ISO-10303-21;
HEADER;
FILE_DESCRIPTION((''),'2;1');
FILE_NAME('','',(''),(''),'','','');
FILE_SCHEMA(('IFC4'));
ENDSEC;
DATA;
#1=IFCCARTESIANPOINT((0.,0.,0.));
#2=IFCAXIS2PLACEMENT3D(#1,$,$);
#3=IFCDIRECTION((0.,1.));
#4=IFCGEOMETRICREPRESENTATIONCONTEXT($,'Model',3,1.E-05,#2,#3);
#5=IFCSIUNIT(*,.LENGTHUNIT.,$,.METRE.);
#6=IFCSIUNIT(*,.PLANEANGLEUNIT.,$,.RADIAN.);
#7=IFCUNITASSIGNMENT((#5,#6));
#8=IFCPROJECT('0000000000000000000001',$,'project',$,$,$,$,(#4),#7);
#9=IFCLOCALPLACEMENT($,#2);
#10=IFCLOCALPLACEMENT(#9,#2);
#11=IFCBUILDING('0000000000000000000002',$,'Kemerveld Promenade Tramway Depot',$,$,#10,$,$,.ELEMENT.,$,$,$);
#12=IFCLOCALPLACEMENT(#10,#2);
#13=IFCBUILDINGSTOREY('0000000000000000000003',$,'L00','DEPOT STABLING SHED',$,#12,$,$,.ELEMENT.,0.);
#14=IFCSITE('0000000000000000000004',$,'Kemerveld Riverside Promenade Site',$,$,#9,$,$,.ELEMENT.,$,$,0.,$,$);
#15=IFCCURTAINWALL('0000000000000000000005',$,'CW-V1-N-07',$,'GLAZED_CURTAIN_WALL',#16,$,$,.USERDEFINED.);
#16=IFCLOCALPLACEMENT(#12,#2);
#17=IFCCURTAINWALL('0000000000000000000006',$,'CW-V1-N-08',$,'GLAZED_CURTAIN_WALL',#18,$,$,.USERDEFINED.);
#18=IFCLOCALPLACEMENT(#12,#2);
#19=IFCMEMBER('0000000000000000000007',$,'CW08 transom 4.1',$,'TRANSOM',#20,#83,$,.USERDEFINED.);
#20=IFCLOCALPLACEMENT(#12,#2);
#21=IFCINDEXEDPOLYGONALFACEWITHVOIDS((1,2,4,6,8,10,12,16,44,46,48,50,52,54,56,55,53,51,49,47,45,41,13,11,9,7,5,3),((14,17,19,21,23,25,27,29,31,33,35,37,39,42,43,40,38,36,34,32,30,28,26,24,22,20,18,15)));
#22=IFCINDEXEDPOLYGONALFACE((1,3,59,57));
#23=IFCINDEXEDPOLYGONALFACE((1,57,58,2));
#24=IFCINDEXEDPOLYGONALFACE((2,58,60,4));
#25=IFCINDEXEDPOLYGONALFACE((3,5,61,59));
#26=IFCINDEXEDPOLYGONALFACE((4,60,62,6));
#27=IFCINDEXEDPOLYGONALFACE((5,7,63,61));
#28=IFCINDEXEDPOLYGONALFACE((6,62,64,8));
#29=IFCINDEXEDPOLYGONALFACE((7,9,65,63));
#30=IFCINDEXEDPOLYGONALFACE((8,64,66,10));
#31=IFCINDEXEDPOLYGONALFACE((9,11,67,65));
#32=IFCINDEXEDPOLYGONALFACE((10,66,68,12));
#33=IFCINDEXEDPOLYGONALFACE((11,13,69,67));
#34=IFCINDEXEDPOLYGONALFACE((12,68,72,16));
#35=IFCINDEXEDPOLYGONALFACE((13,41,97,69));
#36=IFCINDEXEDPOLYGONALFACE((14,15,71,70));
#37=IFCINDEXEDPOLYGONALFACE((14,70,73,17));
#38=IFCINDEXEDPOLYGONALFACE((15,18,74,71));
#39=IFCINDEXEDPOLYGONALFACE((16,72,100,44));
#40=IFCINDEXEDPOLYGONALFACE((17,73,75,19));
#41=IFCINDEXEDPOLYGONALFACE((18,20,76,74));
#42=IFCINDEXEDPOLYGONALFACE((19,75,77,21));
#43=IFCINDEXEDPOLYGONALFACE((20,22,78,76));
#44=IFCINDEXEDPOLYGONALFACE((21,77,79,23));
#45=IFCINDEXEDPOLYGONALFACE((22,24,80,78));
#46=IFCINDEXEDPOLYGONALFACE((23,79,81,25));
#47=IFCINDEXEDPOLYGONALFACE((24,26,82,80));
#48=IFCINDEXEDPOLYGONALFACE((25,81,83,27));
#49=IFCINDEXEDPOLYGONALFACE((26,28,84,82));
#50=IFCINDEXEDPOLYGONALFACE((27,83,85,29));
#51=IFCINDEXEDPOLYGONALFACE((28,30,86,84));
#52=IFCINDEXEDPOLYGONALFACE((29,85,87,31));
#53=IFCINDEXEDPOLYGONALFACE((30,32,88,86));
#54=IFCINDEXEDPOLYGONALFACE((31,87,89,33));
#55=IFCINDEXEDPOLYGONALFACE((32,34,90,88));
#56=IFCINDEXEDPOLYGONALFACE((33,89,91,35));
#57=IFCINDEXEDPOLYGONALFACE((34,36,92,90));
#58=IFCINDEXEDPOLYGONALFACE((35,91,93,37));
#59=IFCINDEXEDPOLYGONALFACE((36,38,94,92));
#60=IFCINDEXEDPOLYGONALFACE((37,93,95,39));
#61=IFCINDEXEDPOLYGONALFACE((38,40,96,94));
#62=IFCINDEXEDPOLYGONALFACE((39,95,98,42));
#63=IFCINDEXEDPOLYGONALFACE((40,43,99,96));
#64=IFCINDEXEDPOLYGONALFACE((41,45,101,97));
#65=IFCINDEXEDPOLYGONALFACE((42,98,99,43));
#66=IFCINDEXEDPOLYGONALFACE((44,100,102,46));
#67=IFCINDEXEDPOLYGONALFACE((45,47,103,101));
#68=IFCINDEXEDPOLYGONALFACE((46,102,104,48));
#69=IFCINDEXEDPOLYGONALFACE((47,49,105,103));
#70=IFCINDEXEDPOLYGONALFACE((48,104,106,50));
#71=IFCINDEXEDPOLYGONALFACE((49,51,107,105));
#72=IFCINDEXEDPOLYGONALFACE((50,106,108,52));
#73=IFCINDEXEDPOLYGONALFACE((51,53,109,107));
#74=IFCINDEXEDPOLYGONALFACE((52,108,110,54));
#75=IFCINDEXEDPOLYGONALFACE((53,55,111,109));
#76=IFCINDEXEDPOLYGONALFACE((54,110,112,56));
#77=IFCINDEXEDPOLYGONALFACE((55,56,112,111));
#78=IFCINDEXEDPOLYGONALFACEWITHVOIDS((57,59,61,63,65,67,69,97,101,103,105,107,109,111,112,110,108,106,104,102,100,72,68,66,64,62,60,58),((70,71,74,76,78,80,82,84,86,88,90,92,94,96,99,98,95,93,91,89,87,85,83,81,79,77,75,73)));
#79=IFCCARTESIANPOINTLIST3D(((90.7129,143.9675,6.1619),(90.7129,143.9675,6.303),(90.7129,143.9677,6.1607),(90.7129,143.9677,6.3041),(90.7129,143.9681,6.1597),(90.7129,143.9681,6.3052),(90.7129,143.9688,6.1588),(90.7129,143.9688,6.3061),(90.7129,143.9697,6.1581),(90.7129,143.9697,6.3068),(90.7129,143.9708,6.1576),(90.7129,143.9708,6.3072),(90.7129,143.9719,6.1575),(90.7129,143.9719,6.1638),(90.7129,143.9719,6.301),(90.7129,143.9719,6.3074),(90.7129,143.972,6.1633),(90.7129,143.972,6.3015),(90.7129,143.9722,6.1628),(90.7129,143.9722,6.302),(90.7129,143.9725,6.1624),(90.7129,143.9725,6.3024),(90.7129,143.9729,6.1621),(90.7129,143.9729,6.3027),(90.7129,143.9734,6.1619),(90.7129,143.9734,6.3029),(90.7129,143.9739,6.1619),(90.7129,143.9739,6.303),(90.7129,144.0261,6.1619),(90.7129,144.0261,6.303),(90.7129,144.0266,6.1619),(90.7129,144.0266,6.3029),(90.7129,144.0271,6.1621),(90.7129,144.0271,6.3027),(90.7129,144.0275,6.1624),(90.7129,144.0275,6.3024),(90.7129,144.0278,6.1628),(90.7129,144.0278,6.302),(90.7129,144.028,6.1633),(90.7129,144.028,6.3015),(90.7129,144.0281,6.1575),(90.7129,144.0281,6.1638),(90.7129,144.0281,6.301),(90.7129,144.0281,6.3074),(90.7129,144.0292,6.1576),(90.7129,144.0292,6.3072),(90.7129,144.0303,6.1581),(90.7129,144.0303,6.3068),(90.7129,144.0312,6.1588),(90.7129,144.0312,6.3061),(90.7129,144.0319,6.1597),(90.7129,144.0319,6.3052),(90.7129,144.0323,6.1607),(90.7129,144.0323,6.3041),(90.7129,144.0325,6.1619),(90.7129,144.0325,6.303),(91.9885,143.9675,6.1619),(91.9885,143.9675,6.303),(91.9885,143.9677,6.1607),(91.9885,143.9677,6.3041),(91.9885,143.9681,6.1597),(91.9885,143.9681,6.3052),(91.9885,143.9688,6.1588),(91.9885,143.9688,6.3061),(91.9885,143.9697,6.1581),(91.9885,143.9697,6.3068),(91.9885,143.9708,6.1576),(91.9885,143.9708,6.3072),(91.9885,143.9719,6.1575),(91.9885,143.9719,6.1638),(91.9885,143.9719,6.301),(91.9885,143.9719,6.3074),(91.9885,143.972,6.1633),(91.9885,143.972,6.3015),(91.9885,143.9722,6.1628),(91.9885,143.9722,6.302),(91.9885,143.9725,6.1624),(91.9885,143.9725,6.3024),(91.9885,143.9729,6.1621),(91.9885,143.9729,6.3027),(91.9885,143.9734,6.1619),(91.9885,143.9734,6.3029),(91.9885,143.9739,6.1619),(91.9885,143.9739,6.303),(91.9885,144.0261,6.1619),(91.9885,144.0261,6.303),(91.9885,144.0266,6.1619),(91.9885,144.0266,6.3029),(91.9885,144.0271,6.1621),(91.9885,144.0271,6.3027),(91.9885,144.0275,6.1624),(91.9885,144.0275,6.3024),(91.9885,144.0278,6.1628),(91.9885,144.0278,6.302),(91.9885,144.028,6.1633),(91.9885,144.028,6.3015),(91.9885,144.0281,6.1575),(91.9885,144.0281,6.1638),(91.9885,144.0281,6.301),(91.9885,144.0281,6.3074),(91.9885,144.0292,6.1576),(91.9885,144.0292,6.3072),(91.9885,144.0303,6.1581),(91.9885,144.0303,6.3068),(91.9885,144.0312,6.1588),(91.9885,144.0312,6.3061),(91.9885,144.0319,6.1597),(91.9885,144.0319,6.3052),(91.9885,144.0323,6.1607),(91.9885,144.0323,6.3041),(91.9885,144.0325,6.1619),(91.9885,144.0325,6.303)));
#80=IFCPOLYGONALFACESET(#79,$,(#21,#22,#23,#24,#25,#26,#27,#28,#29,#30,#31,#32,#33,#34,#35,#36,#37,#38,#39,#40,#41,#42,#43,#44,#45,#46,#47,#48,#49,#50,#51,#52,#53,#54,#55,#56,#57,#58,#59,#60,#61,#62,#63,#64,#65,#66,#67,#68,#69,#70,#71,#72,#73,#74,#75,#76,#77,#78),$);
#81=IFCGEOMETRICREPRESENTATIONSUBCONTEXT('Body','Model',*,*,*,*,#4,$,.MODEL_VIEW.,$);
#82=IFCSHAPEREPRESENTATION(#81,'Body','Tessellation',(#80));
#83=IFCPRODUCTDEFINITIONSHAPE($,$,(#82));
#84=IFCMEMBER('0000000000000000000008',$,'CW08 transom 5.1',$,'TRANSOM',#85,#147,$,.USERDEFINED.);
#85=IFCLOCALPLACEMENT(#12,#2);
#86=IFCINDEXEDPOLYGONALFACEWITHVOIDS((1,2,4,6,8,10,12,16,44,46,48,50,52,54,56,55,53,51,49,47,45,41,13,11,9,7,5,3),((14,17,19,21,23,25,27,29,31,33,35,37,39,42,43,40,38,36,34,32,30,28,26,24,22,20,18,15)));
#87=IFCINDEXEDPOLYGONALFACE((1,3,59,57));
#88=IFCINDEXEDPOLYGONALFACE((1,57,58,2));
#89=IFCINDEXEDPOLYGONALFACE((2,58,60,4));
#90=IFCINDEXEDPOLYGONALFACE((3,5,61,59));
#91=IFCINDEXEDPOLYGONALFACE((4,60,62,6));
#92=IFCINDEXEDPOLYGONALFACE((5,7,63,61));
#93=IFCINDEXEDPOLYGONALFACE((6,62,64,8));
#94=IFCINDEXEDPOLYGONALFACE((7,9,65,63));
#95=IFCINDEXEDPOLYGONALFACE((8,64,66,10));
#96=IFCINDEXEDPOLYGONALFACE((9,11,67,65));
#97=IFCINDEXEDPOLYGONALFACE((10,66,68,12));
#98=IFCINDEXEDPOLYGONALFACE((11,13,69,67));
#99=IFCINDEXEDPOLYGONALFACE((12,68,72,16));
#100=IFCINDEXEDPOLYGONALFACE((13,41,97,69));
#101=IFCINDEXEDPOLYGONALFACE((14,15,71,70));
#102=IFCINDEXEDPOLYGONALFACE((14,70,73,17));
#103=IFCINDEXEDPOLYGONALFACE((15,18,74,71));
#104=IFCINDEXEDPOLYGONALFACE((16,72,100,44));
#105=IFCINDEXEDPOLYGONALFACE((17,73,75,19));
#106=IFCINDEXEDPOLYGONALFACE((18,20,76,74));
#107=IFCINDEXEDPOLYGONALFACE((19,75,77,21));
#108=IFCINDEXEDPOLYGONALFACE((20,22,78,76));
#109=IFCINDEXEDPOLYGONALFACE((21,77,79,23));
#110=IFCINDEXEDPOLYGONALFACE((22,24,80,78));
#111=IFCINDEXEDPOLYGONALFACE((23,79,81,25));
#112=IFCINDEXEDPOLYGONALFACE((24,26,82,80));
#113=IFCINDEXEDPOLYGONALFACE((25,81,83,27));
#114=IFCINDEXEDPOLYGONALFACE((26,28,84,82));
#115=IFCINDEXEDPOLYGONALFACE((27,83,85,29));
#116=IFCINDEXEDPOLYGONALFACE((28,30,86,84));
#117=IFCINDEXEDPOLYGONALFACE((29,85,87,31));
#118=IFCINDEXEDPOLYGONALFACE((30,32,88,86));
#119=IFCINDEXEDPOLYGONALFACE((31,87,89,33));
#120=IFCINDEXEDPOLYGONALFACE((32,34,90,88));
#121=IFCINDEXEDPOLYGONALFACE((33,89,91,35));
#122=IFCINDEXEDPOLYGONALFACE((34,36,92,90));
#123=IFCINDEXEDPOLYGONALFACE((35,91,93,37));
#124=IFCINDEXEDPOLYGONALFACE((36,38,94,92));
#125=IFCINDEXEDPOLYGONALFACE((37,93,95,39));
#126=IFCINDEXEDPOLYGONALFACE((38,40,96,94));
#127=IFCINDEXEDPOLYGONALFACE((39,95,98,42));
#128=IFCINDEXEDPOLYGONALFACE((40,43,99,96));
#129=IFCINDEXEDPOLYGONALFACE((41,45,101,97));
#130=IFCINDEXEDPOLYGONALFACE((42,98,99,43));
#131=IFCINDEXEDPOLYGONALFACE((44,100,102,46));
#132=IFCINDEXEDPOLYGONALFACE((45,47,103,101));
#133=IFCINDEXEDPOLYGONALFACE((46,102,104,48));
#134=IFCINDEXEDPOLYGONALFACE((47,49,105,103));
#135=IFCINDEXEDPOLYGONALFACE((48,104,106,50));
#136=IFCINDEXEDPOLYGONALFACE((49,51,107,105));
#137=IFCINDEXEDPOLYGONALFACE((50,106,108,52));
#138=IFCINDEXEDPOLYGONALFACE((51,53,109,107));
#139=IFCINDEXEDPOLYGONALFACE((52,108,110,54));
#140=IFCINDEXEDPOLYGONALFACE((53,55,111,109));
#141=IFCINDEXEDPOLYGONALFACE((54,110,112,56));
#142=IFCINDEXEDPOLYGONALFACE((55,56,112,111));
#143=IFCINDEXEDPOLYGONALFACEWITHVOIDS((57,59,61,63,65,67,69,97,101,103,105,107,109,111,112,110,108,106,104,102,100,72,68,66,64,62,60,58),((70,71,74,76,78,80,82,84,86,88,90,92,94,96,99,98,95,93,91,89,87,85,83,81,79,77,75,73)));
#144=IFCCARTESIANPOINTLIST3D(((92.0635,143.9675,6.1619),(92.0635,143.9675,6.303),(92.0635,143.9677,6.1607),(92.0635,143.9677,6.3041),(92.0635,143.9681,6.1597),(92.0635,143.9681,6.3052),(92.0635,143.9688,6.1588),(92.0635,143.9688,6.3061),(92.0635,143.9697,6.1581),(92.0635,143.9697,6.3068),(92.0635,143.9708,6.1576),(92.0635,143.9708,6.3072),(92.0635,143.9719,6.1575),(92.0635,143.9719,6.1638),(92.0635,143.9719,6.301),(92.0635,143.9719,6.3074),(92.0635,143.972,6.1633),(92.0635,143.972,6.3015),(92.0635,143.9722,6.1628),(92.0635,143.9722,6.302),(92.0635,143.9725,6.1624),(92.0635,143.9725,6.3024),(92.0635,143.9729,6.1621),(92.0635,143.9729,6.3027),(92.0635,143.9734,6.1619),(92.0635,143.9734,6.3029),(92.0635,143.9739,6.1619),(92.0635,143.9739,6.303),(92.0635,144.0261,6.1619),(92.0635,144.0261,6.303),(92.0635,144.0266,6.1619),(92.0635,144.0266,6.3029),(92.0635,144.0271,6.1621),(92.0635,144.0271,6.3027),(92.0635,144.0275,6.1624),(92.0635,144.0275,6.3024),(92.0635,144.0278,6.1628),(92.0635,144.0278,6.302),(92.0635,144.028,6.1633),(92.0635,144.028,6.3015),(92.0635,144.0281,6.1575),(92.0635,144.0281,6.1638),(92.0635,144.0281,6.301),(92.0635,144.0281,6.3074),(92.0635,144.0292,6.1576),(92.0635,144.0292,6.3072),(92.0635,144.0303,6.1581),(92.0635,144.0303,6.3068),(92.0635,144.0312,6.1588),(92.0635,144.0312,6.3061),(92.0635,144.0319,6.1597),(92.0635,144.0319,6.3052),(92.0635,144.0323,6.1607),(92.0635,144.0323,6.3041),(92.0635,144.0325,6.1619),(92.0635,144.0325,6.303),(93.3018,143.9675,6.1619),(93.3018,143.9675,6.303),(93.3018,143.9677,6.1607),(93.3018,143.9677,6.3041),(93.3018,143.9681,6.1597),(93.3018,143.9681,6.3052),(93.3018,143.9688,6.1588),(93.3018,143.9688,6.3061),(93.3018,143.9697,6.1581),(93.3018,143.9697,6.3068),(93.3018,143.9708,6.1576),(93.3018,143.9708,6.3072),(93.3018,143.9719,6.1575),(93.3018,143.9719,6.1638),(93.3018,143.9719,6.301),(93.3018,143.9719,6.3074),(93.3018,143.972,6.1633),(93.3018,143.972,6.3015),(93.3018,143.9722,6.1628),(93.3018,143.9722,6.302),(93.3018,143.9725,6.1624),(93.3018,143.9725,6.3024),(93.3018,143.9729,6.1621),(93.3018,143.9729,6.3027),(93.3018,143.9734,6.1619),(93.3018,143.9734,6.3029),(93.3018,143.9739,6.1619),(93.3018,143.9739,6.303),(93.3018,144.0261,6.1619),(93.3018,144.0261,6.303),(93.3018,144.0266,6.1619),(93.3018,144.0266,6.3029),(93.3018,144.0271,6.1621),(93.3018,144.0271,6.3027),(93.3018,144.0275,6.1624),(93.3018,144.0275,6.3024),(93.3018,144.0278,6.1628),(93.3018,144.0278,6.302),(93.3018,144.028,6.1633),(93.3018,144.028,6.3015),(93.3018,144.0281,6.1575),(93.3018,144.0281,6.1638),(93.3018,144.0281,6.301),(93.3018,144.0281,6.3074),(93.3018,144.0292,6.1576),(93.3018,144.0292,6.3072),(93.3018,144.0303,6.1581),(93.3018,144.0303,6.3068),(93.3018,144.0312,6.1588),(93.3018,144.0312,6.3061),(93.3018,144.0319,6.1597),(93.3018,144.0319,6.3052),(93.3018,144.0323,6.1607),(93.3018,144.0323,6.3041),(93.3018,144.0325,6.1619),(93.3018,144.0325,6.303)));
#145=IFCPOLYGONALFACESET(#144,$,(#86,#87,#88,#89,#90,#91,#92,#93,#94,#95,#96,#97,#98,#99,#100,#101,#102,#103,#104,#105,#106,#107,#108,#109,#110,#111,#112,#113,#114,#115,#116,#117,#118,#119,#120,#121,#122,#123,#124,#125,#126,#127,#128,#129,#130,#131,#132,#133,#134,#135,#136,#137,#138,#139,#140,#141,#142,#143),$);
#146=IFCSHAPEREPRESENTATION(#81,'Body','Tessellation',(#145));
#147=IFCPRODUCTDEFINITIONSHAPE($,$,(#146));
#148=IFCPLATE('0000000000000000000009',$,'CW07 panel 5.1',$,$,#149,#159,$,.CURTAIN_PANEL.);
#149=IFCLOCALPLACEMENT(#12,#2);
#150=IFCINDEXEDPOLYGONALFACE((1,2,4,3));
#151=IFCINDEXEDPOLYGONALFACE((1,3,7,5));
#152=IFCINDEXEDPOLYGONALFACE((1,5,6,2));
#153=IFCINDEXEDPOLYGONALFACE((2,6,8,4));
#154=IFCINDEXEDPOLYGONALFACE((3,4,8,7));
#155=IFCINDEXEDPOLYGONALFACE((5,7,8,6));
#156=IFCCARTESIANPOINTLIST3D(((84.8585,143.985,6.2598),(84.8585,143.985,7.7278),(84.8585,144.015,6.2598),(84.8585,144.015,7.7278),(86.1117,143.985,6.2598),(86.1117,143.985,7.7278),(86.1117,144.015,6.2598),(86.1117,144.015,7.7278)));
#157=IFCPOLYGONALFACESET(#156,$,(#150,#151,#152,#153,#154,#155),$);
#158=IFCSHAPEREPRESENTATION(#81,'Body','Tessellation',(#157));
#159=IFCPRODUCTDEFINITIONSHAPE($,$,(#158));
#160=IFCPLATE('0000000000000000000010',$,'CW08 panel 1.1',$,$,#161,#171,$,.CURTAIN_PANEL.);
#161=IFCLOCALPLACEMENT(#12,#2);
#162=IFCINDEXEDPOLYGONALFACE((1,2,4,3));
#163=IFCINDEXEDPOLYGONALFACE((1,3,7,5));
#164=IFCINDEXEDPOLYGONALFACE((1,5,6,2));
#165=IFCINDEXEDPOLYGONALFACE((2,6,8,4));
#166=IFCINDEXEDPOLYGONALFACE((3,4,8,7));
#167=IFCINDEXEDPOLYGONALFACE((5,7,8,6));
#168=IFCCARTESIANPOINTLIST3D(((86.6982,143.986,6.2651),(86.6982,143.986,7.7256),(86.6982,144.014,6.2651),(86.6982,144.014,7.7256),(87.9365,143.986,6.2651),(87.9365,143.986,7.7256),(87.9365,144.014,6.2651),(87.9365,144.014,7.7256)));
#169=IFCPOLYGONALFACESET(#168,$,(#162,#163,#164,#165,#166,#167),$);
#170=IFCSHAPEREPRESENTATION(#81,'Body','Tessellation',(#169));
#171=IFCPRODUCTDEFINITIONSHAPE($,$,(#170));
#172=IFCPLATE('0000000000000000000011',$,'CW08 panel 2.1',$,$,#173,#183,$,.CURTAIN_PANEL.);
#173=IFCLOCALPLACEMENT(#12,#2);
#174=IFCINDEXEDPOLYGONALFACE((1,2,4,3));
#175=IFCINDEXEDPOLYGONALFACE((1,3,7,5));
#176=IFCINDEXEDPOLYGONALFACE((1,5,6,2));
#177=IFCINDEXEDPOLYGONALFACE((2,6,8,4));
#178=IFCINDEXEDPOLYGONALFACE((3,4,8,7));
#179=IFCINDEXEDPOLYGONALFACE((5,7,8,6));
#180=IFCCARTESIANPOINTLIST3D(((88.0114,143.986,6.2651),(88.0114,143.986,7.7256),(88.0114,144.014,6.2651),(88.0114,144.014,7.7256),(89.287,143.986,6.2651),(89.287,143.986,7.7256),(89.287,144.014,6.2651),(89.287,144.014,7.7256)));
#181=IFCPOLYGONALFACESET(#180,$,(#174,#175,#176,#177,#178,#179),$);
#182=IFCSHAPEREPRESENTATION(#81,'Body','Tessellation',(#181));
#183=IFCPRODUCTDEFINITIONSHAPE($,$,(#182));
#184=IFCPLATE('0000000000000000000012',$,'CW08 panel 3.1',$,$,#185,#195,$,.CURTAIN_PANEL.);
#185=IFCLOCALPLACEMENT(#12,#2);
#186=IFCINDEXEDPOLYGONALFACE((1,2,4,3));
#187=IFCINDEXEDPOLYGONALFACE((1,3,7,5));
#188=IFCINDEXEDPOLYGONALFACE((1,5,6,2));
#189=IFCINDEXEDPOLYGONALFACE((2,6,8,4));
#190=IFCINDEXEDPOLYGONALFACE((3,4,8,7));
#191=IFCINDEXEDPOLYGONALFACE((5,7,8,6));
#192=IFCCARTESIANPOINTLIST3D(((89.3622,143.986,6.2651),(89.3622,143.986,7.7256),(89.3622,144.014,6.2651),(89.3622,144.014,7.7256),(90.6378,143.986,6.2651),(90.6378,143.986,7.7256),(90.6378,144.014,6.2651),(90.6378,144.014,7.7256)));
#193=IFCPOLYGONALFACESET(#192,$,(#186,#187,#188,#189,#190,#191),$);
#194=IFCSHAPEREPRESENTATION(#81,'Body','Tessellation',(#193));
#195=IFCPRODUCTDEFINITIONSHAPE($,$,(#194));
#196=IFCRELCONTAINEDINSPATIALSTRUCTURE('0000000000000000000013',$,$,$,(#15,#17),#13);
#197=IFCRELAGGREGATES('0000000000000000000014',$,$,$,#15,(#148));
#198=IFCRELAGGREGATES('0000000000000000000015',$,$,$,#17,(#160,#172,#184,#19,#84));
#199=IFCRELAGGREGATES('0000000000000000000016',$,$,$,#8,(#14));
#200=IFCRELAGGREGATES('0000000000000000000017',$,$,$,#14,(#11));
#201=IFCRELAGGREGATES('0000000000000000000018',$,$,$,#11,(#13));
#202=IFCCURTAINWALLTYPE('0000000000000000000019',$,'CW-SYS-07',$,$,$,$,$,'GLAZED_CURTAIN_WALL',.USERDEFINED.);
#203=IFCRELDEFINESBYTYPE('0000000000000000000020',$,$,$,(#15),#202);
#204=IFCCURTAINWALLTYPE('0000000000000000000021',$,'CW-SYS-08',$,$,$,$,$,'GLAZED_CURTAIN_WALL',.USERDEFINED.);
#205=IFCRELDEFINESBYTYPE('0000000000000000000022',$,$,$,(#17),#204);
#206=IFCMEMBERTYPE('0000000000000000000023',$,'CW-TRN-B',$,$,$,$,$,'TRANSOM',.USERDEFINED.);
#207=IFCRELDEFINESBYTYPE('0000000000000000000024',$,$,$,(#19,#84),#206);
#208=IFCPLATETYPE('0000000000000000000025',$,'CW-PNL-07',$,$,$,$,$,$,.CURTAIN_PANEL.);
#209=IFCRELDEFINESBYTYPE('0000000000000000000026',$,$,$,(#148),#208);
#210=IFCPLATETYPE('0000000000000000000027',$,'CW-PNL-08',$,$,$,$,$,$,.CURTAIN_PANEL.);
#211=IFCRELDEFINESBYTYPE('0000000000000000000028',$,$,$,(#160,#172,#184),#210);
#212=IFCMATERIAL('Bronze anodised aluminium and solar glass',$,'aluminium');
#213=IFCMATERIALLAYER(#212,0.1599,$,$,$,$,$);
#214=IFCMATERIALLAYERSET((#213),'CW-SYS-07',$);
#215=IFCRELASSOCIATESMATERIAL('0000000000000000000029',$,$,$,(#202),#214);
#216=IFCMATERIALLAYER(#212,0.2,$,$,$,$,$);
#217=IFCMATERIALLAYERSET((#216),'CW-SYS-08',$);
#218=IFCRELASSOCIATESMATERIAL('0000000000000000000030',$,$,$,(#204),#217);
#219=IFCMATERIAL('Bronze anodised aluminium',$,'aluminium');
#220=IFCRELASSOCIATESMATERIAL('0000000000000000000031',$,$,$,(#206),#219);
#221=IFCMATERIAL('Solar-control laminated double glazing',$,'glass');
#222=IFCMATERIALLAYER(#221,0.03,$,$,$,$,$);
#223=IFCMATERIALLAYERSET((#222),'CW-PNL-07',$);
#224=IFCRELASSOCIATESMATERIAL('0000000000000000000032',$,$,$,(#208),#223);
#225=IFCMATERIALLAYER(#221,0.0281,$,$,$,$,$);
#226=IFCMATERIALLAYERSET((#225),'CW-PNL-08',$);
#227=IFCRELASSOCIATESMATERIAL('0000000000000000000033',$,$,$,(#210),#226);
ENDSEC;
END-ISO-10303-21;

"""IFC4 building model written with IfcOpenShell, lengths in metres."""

from ifc_helpers import new_model, si_unit, direction, frame, origin, origin_2d, place, context, subcontext, project, spatial, rectangle, hollow_rectangle, extrude, material, layer, layer_set, material_profile, profile_set, type_object, element, aggregate, save


model = new_model("IFC4")

# Units and contexts
model_context = context("Model", 3, precision=1e-05, world=origin(), true_north=direction((0.0, 1.0)))
body_context = subcontext(model_context, "Body", "Model", "MODEL_VIEW")
ifc_project = project(units=[si_unit("LENGTHUNIT", "METRE"), si_unit("PLANEANGLEUNIT", "RADIAN")], contexts=[model_context])

# Site, building, storey
site_placement = place(None, origin())
site = spatial("IfcSite", under=ifc_project, at=site_placement, Name="Kemerveld Riverside Promenade Site", CompositionType="ELEMENT", RefElevation=0.0)
building_placement = place(site_placement, origin())
building = spatial("IfcBuilding", under=site, at=building_placement, Name="Kemerveld Promenade Tramway Depot", CompositionType="ELEMENT")
storey_placement = place(building_placement, origin())
storey = spatial("IfcBuildingStorey", under=building, at=storey_placement, Name="L00", Description="DEPOT STABLING SHED", CompositionType="ELEMENT", Elevation=0.0)

# Curtain wall
ifc_material_1 = material(Name="Bronze anodised aluminium and solar glass", Category="aluminium")
ifc_layer_1 = layer(ifc_material_1, 0.1599)
ifc_layer_set_1 = layer_set([ifc_layer_1], Name="CW-SYS-07")
curtain_wall_type_1 = type_object("IfcCurtainWallType", Name="CW-SYS-07", ElementType="GLAZED_CURTAIN_WALL", PredefinedType="USERDEFINED", material=ifc_layer_set_1)
curtain_wall_1_placement = place(storey_placement, origin())
curtain_wall_1 = element("IfcCurtainWall", 1, at=curtain_wall_1_placement, inside=storey, type_object=curtain_wall_type_1, Name="CW-V1-N-07", ObjectType="GLAZED_CURTAIN_WALL", PredefinedType="USERDEFINED")
ifc_material_2 = material(Name="Bronze anodised aluminium", Category="aluminium")

# Curtain wall
ifc_layer_2 = layer(ifc_material_1, 0.2)
ifc_layer_set_2 = layer_set([ifc_layer_2], Name="CW-SYS-08")
curtain_wall_type_2 = type_object("IfcCurtainWallType", Name="CW-SYS-08", ElementType="GLAZED_CURTAIN_WALL", PredefinedType="USERDEFINED", material=ifc_layer_set_2)
curtain_wall_2_placement = place(storey_placement, origin())
curtain_wall_2 = element("IfcCurtainWall", 2, at=curtain_wall_2_placement, inside=storey, type_object=curtain_wall_type_2, Name="CW-V1-N-08", ObjectType="GLAZED_CURTAIN_WALL", PredefinedType="USERDEFINED")

# Members
ifc_material_profile_1 = material_profile(ifc_material_2, hollow_rectangle(XDim=0.0649, YDim=0.1499, WallThickness=0.0044, InnerFilletRadius=0.002, OuterFilletRadius=0.0044, at=origin_2d()), Name="CW-TRN-150x65")
ifc_profile_set_1 = profile_set([ifc_material_profile_1], Name="Bronze anodised aluminium")
member_type_1 = type_object("IfcMemberType", Name="CW-TRN-B", ElementType="TRANSOM", PredefinedType="USERDEFINED", material=ifc_profile_set_1)
member_1_placement = place(storey_placement, frame((90.7129, 144.0, 6.2324), z_axis=(1.0, 0.0, 0.0), x_axis=(0.0, 1.0, 0.0)))
member_1 = element("IfcMember", 3, at=member_1_placement, type_object=member_type_1, Name="CW08 transom 4.1", ObjectType="TRANSOM", PredefinedType="USERDEFINED", context=body_context, shape_type="SweptSolid", body=[
    extrude(hollow_rectangle(XDim=0.0649, YDim=0.1499, WallThickness=0.0044, InnerFilletRadius=0.002, OuterFilletRadius=0.0044, at=origin_2d()), origin(), (0.0, 0.0, 1.0), 1.2756),
])
member_2_placement = place(storey_placement, frame((92.0635, 144.0, 6.2324), z_axis=(1.0, 0.0, 0.0), x_axis=(0.0, 1.0, 0.0)))
member_2 = element("IfcMember", 4, at=member_2_placement, type_object=member_type_1, Name="CW08 transom 5.1", ObjectType="TRANSOM", PredefinedType="USERDEFINED", context=body_context, shape_type="SweptSolid", body=[
    extrude(hollow_rectangle(XDim=0.0649, YDim=0.1499, WallThickness=0.0044, InnerFilletRadius=0.002, OuterFilletRadius=0.0044, at=origin_2d()), origin(), (0.0, 0.0, 1.0), 1.2383),
])

# Plates
ifc_material_3 = material(Name="Solar-control laminated double glazing", Category="glass")
ifc_layer_3 = layer(ifc_material_3, 0.03)
ifc_layer_set_3 = layer_set([ifc_layer_3], Name="CW-PNL-07")
plate_type_1 = type_object("IfcPlateType", Name="CW-PNL-07", PredefinedType="CURTAIN_PANEL", material=ifc_layer_set_3)
plate_1_placement = place(storey_placement, frame((85.4851, 144.0, 6.2598), z_axis=(0.0, 0.0, 1.0), x_axis=(1.0, 0.0, 0.0)))
plate_1 = element("IfcPlate", 5, at=plate_1_placement, type_object=plate_type_1, Name="CW07 panel 5.1", PredefinedType="CURTAIN_PANEL", context=body_context, shape_type="SweptSolid", body=[
    extrude(rectangle(XDim=1.2532, YDim=0.03, at=origin_2d()), origin(), (0.0, 0.0, 1.0), 1.468),
])
aggregate(curtain_wall_1, [plate_1])
ifc_layer_4 = layer(ifc_material_3, 0.0281)
ifc_layer_set_4 = layer_set([ifc_layer_4], Name="CW-PNL-08")
plate_type_2 = type_object("IfcPlateType", Name="CW-PNL-08", PredefinedType="CURTAIN_PANEL", material=ifc_layer_set_4)
plate_2_placement = place(storey_placement, frame((87.3174, 144.0, 6.2651), z_axis=(0.0, 0.0, 1.0), x_axis=(1.0, 0.0, 0.0)))
plate_2 = element("IfcPlate", 6, at=plate_2_placement, type_object=plate_type_2, Name="CW08 panel 1.1", PredefinedType="CURTAIN_PANEL", context=body_context, shape_type="SweptSolid", body=[
    extrude(rectangle(XDim=1.2383, YDim=0.0281, at=origin_2d()), origin(), (0.0, 0.0, 1.0), 1.4604),
])
plate_3_placement = place(storey_placement, frame((88.6492, 144.0, 6.2651), z_axis=(0.0, 0.0, 1.0), x_axis=(1.0, 0.0, 0.0)))
plate_3 = element("IfcPlate", 7, at=plate_3_placement, type_object=plate_type_2, Name="CW08 panel 2.1", PredefinedType="CURTAIN_PANEL", context=body_context, shape_type="SweptSolid", body=[
    extrude(rectangle(XDim=1.2756, YDim=0.0281, at=origin_2d()), origin(), (0.0, 0.0, 1.0), 1.4604),
])
plate_4_placement = place(storey_placement, frame((90.0, 144.0, 6.2651), z_axis=(0.0, 0.0, 1.0), x_axis=(1.0, 0.0, 0.0)))
plate_4 = element("IfcPlate", 8, at=plate_4_placement, type_object=plate_type_2, Name="CW08 panel 3.1", PredefinedType="CURTAIN_PANEL", context=body_context, shape_type="SweptSolid", body=[
    extrude(rectangle(XDim=1.2756, YDim=0.0281, at=origin_2d()), origin(), (0.0, 0.0, 1.0), 1.4604),
])
aggregate(curtain_wall_2, [plate_2, plate_3, plate_4, member_1, member_2])

save(model, "model.ifc")
